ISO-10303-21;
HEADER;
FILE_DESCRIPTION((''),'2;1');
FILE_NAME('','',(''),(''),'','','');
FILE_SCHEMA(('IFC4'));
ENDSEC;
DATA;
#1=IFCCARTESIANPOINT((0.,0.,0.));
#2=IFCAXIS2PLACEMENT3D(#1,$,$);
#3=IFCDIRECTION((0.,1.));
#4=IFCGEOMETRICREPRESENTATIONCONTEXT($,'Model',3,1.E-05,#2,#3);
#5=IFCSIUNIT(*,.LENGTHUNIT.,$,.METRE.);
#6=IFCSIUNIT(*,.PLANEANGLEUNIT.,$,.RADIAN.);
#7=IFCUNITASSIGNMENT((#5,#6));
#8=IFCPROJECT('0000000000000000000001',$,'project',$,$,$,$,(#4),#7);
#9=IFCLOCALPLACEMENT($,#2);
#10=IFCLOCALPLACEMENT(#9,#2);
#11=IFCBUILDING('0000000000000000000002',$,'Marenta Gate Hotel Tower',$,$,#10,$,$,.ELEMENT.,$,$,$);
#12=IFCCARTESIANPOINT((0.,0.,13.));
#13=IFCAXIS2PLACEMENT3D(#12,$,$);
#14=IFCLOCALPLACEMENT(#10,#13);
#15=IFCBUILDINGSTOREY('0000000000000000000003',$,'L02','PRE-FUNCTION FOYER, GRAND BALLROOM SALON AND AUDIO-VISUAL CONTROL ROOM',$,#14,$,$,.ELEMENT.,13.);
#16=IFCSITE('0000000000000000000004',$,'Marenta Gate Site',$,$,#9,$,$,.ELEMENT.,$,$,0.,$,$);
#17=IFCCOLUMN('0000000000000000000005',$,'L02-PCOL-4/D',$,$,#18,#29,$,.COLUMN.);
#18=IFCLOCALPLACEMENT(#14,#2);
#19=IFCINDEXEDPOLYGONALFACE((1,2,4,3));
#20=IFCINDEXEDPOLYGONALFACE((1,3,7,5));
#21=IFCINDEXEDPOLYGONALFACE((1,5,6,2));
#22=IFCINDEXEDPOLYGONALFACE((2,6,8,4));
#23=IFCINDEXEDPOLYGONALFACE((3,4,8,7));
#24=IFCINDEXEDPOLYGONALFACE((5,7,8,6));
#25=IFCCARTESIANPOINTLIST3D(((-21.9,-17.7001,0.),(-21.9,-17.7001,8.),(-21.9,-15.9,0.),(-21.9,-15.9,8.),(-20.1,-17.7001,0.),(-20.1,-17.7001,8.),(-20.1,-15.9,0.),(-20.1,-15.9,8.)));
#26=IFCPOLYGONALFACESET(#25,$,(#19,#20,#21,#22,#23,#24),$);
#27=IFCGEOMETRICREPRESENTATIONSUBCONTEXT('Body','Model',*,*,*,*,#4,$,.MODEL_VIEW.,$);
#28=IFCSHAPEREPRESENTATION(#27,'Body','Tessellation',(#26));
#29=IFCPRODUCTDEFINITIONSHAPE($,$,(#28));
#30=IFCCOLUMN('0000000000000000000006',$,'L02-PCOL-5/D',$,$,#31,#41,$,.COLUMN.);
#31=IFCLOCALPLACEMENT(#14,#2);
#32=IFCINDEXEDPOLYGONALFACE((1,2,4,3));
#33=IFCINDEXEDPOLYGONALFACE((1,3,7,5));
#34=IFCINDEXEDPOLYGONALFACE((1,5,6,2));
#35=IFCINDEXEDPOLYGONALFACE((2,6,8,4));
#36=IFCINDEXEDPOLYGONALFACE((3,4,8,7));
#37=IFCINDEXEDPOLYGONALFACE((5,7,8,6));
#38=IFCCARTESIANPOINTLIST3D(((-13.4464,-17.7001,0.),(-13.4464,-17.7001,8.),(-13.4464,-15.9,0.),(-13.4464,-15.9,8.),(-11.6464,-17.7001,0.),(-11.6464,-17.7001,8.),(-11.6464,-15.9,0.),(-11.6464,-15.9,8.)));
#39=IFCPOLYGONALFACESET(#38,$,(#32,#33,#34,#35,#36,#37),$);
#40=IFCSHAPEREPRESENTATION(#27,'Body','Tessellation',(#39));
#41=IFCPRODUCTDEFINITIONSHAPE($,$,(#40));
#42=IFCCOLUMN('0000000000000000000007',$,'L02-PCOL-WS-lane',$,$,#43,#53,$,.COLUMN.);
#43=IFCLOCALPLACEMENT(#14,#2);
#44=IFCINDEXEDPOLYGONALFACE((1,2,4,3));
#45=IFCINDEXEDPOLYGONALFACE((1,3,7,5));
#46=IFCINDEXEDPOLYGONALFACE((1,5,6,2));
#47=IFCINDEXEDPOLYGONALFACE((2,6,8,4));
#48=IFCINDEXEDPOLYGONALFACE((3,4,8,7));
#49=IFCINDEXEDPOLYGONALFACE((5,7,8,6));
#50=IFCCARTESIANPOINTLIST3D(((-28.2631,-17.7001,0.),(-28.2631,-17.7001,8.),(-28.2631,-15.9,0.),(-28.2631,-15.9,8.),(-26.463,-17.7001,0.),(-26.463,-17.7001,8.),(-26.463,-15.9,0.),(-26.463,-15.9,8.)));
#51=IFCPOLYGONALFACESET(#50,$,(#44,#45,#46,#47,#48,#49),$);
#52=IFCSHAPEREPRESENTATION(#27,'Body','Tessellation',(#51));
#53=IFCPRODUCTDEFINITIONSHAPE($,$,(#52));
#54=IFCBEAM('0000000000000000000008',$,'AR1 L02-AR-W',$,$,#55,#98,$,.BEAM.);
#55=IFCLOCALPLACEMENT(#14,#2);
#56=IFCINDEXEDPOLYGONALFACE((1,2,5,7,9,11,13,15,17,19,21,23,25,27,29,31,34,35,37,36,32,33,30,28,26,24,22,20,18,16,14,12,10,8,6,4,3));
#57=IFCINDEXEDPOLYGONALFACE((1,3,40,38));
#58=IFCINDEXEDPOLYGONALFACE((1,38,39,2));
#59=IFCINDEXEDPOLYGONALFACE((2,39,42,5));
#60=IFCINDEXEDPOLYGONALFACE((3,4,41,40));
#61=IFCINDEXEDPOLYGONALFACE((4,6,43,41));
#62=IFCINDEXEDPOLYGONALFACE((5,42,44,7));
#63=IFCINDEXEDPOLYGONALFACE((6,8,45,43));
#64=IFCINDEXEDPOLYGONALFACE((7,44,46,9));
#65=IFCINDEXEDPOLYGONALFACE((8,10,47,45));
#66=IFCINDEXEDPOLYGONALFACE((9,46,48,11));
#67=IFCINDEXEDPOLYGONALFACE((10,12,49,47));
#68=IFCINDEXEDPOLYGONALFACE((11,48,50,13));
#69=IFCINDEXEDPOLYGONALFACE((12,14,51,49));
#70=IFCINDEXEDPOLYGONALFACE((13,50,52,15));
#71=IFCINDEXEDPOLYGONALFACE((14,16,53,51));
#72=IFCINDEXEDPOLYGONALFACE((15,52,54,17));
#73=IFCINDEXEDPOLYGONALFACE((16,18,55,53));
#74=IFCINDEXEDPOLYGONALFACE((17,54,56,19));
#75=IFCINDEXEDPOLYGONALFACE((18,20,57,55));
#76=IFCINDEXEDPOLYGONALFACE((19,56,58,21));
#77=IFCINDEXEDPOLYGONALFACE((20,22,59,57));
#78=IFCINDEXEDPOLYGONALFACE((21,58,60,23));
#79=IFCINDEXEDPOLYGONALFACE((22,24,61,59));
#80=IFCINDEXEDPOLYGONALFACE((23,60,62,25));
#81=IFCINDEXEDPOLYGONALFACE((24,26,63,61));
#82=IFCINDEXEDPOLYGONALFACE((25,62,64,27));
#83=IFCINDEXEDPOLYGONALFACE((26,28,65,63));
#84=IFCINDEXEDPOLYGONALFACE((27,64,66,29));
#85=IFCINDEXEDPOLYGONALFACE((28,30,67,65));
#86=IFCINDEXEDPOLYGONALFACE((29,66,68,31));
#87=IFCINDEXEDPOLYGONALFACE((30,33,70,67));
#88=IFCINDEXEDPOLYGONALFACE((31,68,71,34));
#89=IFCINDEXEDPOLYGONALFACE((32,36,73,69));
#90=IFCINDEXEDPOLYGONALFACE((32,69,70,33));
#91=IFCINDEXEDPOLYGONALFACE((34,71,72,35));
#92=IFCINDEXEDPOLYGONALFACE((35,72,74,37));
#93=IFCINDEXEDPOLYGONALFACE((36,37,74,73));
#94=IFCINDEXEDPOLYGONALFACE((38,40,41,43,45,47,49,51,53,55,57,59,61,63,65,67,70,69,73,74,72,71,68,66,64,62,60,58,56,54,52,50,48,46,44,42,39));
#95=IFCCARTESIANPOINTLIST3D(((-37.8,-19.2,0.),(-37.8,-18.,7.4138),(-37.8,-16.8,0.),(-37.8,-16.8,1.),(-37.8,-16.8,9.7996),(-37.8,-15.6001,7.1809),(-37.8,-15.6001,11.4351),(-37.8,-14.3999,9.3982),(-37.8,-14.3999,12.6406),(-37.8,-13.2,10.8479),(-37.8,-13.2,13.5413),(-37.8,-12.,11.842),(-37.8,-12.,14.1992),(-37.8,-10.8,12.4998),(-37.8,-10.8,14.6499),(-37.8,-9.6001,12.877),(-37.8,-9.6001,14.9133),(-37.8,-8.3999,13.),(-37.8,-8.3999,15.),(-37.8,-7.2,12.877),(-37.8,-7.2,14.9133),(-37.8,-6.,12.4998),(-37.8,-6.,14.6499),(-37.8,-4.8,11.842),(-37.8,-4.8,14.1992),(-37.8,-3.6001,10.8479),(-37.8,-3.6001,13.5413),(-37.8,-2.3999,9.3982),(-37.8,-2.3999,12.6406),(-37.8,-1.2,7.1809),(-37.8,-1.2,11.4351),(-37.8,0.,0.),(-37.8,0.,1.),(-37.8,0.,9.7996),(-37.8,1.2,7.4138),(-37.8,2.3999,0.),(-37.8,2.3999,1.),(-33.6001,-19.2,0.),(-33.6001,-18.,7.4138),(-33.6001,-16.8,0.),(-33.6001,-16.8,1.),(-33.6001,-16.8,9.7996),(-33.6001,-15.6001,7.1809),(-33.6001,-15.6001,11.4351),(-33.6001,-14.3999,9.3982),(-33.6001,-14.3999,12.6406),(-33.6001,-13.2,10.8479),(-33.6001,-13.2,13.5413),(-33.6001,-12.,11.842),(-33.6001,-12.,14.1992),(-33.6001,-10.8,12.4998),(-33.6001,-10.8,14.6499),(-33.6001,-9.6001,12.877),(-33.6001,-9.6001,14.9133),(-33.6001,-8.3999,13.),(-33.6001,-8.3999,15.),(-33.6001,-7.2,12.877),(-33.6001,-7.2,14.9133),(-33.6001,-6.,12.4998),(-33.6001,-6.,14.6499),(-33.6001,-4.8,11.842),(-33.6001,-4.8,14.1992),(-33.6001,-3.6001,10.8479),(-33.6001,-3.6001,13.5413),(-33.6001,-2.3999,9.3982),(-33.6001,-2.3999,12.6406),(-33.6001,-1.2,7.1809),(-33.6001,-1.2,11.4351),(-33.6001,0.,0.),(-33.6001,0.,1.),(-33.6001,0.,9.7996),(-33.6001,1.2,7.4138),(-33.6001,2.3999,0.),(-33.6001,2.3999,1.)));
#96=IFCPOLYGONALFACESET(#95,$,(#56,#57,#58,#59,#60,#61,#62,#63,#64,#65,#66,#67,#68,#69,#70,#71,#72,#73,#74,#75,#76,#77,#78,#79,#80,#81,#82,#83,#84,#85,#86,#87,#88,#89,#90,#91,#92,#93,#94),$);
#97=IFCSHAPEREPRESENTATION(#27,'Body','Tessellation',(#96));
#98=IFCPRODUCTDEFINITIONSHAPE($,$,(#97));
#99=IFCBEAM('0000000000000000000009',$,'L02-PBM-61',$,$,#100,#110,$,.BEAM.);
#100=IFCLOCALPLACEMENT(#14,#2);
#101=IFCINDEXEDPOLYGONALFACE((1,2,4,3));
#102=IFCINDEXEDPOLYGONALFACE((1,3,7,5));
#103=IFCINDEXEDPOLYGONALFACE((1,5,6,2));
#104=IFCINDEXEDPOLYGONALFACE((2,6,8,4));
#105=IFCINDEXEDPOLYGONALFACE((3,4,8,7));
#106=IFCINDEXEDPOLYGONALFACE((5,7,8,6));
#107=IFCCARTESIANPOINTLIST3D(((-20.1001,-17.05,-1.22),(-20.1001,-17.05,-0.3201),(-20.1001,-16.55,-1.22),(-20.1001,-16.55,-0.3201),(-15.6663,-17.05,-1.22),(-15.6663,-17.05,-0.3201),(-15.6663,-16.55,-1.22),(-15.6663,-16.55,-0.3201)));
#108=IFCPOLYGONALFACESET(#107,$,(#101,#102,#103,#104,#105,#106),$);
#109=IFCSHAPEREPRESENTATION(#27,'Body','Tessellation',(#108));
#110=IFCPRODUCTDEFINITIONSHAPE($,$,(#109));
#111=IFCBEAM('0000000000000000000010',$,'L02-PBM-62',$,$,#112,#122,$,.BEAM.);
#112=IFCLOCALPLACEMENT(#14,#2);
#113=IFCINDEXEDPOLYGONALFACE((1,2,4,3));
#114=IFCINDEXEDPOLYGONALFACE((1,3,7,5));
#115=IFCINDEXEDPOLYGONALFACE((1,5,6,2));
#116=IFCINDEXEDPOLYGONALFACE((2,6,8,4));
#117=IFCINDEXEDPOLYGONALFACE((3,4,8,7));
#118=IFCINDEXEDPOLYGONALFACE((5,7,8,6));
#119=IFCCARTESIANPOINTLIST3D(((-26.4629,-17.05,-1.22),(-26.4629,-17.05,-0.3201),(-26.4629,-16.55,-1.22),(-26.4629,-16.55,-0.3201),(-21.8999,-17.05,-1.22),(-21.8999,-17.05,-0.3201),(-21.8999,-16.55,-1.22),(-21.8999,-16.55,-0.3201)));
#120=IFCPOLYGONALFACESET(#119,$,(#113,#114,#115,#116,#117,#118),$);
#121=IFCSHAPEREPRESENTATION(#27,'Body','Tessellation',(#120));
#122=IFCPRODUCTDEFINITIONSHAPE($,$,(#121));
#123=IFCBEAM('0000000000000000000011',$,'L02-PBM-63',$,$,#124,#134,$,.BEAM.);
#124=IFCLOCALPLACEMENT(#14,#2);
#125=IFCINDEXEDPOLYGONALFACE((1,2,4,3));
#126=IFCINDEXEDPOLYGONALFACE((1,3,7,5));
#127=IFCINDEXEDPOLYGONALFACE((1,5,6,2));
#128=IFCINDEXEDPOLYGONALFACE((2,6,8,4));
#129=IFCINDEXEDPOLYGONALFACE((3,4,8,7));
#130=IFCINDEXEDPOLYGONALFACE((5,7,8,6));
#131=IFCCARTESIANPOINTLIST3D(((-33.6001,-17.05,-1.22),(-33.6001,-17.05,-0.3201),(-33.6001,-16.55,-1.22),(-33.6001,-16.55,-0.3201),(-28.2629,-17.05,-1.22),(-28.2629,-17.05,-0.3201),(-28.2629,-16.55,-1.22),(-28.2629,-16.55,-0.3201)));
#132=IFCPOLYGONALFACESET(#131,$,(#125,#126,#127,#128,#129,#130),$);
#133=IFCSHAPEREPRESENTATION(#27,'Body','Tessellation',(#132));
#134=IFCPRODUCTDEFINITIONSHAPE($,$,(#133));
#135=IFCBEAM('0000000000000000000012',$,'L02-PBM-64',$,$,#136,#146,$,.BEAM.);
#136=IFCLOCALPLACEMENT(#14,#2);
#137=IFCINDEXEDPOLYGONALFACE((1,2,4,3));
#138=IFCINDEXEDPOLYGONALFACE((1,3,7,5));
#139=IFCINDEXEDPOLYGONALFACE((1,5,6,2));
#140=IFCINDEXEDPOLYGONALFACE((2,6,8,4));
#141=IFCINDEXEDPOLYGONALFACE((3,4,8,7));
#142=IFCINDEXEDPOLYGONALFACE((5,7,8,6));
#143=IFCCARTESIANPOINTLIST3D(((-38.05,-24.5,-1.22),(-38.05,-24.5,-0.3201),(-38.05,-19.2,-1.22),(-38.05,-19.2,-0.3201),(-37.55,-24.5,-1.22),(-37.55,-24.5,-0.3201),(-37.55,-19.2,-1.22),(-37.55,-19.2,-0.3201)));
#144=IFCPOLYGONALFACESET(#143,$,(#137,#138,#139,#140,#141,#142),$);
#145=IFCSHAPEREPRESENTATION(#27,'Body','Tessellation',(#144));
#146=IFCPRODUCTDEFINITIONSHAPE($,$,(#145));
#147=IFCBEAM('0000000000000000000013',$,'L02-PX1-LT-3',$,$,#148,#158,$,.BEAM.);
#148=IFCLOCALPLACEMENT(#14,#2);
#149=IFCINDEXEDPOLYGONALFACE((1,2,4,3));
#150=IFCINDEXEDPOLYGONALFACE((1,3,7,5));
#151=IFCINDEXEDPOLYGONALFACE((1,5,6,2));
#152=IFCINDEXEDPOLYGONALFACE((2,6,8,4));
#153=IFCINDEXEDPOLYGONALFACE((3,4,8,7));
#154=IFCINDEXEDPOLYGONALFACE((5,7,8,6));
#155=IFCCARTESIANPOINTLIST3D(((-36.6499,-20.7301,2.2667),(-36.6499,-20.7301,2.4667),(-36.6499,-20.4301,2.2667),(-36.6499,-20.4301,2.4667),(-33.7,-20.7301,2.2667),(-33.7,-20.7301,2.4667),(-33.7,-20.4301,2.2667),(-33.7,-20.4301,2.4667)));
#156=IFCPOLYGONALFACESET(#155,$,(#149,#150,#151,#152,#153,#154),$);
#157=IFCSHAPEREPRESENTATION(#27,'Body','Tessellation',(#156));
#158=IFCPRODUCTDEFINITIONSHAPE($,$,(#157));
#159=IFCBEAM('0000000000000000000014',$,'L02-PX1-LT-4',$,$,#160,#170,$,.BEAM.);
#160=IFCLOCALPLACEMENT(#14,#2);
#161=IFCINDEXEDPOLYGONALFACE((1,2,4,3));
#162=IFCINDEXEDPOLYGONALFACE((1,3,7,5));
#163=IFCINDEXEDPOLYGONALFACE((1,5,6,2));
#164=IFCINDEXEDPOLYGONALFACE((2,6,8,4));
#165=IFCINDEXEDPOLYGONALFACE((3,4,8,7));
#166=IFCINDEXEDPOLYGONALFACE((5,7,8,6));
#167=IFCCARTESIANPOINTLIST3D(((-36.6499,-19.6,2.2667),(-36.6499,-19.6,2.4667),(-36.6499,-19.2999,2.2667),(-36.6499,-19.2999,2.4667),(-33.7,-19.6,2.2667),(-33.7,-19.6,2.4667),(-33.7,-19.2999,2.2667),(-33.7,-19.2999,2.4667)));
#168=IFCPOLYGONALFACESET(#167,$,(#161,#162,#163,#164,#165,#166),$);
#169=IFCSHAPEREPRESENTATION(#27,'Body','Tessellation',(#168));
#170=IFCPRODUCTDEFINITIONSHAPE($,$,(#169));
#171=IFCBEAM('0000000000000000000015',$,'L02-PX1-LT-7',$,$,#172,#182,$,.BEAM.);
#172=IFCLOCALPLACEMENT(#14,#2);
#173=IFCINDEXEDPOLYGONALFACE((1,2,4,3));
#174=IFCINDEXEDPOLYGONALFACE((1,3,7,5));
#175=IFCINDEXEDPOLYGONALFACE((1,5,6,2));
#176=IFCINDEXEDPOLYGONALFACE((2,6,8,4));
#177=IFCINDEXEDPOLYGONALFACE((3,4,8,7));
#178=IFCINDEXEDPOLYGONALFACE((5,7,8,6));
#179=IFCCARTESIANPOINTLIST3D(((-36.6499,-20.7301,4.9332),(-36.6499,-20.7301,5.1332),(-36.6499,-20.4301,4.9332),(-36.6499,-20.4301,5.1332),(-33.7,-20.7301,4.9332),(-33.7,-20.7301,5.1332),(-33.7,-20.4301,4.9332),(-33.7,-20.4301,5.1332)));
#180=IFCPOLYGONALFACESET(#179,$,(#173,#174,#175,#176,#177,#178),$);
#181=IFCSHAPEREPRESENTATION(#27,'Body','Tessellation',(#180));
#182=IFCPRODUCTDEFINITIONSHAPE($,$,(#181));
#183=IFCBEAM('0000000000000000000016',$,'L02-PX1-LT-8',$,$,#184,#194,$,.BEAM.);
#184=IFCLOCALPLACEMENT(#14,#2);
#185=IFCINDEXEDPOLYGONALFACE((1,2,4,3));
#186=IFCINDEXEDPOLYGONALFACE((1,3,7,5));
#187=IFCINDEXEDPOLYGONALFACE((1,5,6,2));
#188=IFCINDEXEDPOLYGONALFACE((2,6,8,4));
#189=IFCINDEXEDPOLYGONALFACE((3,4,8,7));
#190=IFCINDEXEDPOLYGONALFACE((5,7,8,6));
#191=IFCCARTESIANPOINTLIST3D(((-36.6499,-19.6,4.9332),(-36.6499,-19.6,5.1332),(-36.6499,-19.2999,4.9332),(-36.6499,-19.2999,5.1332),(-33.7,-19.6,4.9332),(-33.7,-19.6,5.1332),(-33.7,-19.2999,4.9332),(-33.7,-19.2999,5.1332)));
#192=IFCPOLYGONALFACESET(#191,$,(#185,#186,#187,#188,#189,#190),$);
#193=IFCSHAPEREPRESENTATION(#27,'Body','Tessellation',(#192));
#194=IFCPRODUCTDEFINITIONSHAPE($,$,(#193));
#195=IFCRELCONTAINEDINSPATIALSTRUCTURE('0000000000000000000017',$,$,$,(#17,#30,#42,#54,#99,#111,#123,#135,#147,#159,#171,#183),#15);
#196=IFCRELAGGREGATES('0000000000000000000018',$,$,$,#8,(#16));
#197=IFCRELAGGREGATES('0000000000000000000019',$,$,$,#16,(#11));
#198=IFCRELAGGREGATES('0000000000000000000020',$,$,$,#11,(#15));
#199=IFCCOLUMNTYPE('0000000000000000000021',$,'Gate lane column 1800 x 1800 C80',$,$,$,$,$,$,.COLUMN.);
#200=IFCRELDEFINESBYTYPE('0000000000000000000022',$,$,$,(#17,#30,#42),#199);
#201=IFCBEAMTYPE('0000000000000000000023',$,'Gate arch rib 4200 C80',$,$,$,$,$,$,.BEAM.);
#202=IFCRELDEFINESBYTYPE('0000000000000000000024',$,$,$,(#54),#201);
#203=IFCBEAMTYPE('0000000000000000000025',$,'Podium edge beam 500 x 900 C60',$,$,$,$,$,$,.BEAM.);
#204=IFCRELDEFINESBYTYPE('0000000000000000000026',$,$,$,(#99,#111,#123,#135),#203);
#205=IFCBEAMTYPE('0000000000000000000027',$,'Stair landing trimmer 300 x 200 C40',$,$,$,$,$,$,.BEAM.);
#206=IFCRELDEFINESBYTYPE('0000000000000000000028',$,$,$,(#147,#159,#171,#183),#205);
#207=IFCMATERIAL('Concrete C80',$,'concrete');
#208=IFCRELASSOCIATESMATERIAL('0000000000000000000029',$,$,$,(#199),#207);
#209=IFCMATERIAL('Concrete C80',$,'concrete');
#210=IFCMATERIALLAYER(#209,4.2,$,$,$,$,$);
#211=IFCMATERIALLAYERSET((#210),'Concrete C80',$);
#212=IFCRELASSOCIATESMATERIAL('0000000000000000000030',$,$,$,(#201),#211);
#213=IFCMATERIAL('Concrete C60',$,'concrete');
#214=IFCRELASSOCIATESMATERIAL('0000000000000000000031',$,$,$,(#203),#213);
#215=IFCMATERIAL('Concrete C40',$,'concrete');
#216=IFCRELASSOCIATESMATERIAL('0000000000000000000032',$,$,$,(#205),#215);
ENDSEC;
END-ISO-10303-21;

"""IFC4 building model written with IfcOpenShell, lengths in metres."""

from ifc_helpers import new_model, si_unit, direction, frame, origin, origin_2d, place, context, subcontext, project, spatial, polyline, rectangle, outline, extrude, material, layer, layer_set, material_profile, profile_set, type_object, element, save


model = new_model("IFC4")

# Units and contexts
model_context = context("Model", 3, precision=1e-05, world=origin(), true_north=direction((0.0, 1.0)))
body_context = subcontext(model_context, "Body", "Model", "MODEL_VIEW")
ifc_project = project(units=[si_unit("LENGTHUNIT", "METRE"), si_unit("PLANEANGLEUNIT", "RADIAN")], contexts=[model_context])

# Site, building, storey
site_placement = place(None, origin())
site = spatial("IfcSite", under=ifc_project, at=site_placement, Name="Marenta Gate Site", CompositionType="ELEMENT", RefElevation=0.0)
building_placement = place(site_placement, origin())
building = spatial("IfcBuilding", under=site, at=building_placement, Name="Marenta Gate Hotel Tower", CompositionType="ELEMENT")
storey_placement = place(building_placement, frame((0.0, 0.0, 13.0)))
storey = spatial("IfcBuildingStorey", under=building, at=storey_placement, Name="L02", Description="PRE-FUNCTION FOYER, GRAND BALLROOM SALON AND AUDIO-VISUAL CONTROL ROOM", CompositionType="ELEMENT", Elevation=13.0)

# Columns
ifc_material_1 = material(Name="Concrete C80", Category="concrete")
ifc_material_profile_1 = material_profile(ifc_material_1, rectangle(XDim=1.8, YDim=1.8, at=origin_2d()), Name="1800 x 1800")
ifc_profile_set_1 = profile_set([ifc_material_profile_1], Name="Concrete C80")
column_type = type_object("IfcColumnType", Name="Gate lane column 1800 x 1800 C80", PredefinedType="COLUMN", material=ifc_profile_set_1)
for number, where, z_axis, x_axis, name in (
    (1, (-21.0, -16.8, 0.0), (0.0, 0.0, 1.0), (1.0, 0.0, 0.0), "L02-PCOL-4/D"),
    (2, (-12.5464, -16.8, 0.0), (0.0, 0.0, 1.0), (1.0, 0.0, 0.0), "L02-PCOL-5/D"),
    (3, (-27.363, -16.8, 0.0), (0.0, 0.0, 1.0), (1.0, 0.0, 0.0), "L02-PCOL-WS-lane"),
):
    element("IfcColumn", number, at=place(storey_placement, frame(where, z_axis=z_axis, x_axis=x_axis)), inside=storey, type_object=column_type, Name=name, PredefinedType="COLUMN", context=body_context, shape_type="SweptSolid", body=[
        extrude(rectangle(XDim=1.8, YDim=1.8, at=origin_2d()), origin(), (0.0, 0.0, 1.0), 8.0),
    ])

# Beams
ifc_material_2 = material(Name="Concrete C80", Category="concrete")
ifc_layer_1 = layer(ifc_material_2, 4.2)
ifc_layer_set_1 = layer_set([ifc_layer_1], Name="Concrete C80")
beam_type_1 = type_object("IfcBeamType", Name="Gate arch rib 4200 C80", PredefinedType="BEAM", material=ifc_layer_set_1)
beam_1_placement = place(storey_placement, frame((-37.8, -19.2, 0.0), z_axis=(-1.0, 0.0, 0.0), x_axis=(0.0, 0.159774, 0.987154)))
element("IfcBeam", 4, at=beam_1_placement, inside=storey, type_object=beam_type_1, Name="AR1 L02-AR-W", PredefinedType="BEAM", context=body_context, shape_type="SweptSolid", body=[
    extrude(outline(polyline([(0.0, 0.0), (7.5103, 0.0), (10.0571, 0.8034), (11.8633, 1.7266), (13.2452, 2.7187), (14.3259, 3.7594), (15.1672, 4.8388), (15.8038, 5.9513), (16.2556, 7.0938), (16.5329, 8.2647), (16.639, 9.4631), (16.5707, 10.6897), (16.3175, 11.9462), (15.8598, 13.2359), (15.1625, 14.5646), (14.1641, 15.9417), (12.7413, 17.3876), (10.578, 18.9533), (4.4383, 21.1626), (3.4511, 21.3224), (3.0677, 18.9533), (4.0548, 18.7935), (9.9646, 16.6214), (11.9617, 15.0826), (13.201, 13.6662), (13.9906, 12.3229), (14.4482, 11.0332), (14.6288, 9.7884), (14.5586, 8.5842), (14.2453, 7.4191), (13.6813, 6.2949), (12.8403, 5.2154), (11.6672, 4.1897), (10.0444, 3.2368), (7.6638, 2.4063), (1.3706, 2.2093), (0.3834, 2.3691), (0.0, 0.0)])), origin(), (0.0, 0.0, -1.0), 4.2),
])
ifc_material_3 = material(Name="Concrete C60", Category="concrete")
ifc_material_profile_2 = material_profile(ifc_material_3, rectangle(XDim=0.5, YDim=0.8999, at=origin_2d()), Name="500 x 900")
ifc_profile_set_2 = profile_set([ifc_material_profile_2], Name="Concrete C60")
beam_type_2 = type_object("IfcBeamType", Name="Podium edge beam 500 x 900 C60", PredefinedType="BEAM", material=ifc_profile_set_2)
beam_2_placement = place(storey_placement, frame((-15.6663, -16.8, -0.77), z_axis=(-1.0, 0.0, 0.0), x_axis=(0.0, -1.0, 0.0)))
element("IfcBeam", 5, at=beam_2_placement, inside=storey, type_object=beam_type_2, Name="L02-PBM-61", PredefinedType="BEAM", context=body_context, shape_type="SweptSolid", body=[
    extrude(rectangle(XDim=0.5, YDim=0.8999, at=origin_2d()), origin(), (0.0, 0.0, 1.0), 4.4338),
])
beam_3_placement = place(storey_placement, frame((-21.8999, -16.8, -0.77), z_axis=(-1.0, 0.0, 0.0), x_axis=(0.0, -1.0, 0.0)))
element("IfcBeam", 6, at=beam_3_placement, inside=storey, type_object=beam_type_2, Name="L02-PBM-62", PredefinedType="BEAM", context=body_context, shape_type="SweptSolid", body=[
    extrude(rectangle(XDim=0.5, YDim=0.8999, at=origin_2d()), origin(), (0.0, 0.0, 1.0), 4.563),
])
beam_4_placement = place(storey_placement, frame((-28.2629, -16.8, -0.77), z_axis=(-1.0, 0.0, 0.0), x_axis=(0.0, -1.0, 0.0)))
element("IfcBeam", 7, at=beam_4_placement, inside=storey, type_object=beam_type_2, Name="L02-PBM-63", PredefinedType="BEAM", context=body_context, shape_type="SweptSolid", body=[
    extrude(rectangle(XDim=0.5, YDim=0.8999, at=origin_2d()), origin(), (0.0, 0.0, 1.0), 5.3372),
])
beam_5_placement = place(storey_placement, frame((-37.8, -19.2, -0.77), z_axis=(0.0, -1.0, 0.0), x_axis=(1.0, 0.0, 0.0)))
element("IfcBeam", 8, at=beam_5_placement, inside=storey, type_object=beam_type_2, Name="L02-PBM-64", PredefinedType="BEAM", context=body_context, shape_type="SweptSolid", body=[
    extrude(rectangle(XDim=0.5, YDim=0.8999, at=origin_2d()), origin(), (0.0, 0.0, 1.0), 5.3),
])
ifc_material_4 = material(Name="Concrete C40", Category="concrete")
ifc_material_profile_3 = material_profile(ifc_material_4, rectangle(XDim=0.3, YDim=0.2, at=origin_2d()), Name="300 x 200")
ifc_profile_set_3 = profile_set([ifc_material_profile_3], Name="Concrete C40")
beam_type_3 = type_object("IfcBeamType", Name="Stair landing trimmer 300 x 200 C40", PredefinedType="BEAM", material=ifc_profile_set_3)
for number, where, z_axis, x_axis, name in (
    (9, (-36.6499, -20.5801, 2.3667), (1.0, 0.0, 0.0), (0.0, 1.0, 0.0), "L02-PX1-LT-3"),
    (10, (-36.6499, -19.45, 2.3667), (1.0, 0.0, 0.0), (0.0, 1.0, 0.0), "L02-PX1-LT-4"),
    (11, (-36.6499, -20.5801, 5.0332), (1.0, 0.0, 0.0), (0.0, 1.0, 0.0), "L02-PX1-LT-7"),
    (12, (-36.6499, -19.45, 5.0332), (1.0, 0.0, 0.0), (0.0, 1.0, 0.0), "L02-PX1-LT-8"),
):
    element("IfcBeam", number, at=place(storey_placement, frame(where, z_axis=z_axis, x_axis=x_axis)), inside=storey, type_object=beam_type_3, Name=name, PredefinedType="BEAM", context=body_context, shape_type="SweptSolid", body=[
        extrude(rectangle(XDim=0.3, YDim=0.2, at=origin_2d()), origin(), (0.0, 0.0, 1.0), 2.95),
    ])

save(model, "model.ifc")
